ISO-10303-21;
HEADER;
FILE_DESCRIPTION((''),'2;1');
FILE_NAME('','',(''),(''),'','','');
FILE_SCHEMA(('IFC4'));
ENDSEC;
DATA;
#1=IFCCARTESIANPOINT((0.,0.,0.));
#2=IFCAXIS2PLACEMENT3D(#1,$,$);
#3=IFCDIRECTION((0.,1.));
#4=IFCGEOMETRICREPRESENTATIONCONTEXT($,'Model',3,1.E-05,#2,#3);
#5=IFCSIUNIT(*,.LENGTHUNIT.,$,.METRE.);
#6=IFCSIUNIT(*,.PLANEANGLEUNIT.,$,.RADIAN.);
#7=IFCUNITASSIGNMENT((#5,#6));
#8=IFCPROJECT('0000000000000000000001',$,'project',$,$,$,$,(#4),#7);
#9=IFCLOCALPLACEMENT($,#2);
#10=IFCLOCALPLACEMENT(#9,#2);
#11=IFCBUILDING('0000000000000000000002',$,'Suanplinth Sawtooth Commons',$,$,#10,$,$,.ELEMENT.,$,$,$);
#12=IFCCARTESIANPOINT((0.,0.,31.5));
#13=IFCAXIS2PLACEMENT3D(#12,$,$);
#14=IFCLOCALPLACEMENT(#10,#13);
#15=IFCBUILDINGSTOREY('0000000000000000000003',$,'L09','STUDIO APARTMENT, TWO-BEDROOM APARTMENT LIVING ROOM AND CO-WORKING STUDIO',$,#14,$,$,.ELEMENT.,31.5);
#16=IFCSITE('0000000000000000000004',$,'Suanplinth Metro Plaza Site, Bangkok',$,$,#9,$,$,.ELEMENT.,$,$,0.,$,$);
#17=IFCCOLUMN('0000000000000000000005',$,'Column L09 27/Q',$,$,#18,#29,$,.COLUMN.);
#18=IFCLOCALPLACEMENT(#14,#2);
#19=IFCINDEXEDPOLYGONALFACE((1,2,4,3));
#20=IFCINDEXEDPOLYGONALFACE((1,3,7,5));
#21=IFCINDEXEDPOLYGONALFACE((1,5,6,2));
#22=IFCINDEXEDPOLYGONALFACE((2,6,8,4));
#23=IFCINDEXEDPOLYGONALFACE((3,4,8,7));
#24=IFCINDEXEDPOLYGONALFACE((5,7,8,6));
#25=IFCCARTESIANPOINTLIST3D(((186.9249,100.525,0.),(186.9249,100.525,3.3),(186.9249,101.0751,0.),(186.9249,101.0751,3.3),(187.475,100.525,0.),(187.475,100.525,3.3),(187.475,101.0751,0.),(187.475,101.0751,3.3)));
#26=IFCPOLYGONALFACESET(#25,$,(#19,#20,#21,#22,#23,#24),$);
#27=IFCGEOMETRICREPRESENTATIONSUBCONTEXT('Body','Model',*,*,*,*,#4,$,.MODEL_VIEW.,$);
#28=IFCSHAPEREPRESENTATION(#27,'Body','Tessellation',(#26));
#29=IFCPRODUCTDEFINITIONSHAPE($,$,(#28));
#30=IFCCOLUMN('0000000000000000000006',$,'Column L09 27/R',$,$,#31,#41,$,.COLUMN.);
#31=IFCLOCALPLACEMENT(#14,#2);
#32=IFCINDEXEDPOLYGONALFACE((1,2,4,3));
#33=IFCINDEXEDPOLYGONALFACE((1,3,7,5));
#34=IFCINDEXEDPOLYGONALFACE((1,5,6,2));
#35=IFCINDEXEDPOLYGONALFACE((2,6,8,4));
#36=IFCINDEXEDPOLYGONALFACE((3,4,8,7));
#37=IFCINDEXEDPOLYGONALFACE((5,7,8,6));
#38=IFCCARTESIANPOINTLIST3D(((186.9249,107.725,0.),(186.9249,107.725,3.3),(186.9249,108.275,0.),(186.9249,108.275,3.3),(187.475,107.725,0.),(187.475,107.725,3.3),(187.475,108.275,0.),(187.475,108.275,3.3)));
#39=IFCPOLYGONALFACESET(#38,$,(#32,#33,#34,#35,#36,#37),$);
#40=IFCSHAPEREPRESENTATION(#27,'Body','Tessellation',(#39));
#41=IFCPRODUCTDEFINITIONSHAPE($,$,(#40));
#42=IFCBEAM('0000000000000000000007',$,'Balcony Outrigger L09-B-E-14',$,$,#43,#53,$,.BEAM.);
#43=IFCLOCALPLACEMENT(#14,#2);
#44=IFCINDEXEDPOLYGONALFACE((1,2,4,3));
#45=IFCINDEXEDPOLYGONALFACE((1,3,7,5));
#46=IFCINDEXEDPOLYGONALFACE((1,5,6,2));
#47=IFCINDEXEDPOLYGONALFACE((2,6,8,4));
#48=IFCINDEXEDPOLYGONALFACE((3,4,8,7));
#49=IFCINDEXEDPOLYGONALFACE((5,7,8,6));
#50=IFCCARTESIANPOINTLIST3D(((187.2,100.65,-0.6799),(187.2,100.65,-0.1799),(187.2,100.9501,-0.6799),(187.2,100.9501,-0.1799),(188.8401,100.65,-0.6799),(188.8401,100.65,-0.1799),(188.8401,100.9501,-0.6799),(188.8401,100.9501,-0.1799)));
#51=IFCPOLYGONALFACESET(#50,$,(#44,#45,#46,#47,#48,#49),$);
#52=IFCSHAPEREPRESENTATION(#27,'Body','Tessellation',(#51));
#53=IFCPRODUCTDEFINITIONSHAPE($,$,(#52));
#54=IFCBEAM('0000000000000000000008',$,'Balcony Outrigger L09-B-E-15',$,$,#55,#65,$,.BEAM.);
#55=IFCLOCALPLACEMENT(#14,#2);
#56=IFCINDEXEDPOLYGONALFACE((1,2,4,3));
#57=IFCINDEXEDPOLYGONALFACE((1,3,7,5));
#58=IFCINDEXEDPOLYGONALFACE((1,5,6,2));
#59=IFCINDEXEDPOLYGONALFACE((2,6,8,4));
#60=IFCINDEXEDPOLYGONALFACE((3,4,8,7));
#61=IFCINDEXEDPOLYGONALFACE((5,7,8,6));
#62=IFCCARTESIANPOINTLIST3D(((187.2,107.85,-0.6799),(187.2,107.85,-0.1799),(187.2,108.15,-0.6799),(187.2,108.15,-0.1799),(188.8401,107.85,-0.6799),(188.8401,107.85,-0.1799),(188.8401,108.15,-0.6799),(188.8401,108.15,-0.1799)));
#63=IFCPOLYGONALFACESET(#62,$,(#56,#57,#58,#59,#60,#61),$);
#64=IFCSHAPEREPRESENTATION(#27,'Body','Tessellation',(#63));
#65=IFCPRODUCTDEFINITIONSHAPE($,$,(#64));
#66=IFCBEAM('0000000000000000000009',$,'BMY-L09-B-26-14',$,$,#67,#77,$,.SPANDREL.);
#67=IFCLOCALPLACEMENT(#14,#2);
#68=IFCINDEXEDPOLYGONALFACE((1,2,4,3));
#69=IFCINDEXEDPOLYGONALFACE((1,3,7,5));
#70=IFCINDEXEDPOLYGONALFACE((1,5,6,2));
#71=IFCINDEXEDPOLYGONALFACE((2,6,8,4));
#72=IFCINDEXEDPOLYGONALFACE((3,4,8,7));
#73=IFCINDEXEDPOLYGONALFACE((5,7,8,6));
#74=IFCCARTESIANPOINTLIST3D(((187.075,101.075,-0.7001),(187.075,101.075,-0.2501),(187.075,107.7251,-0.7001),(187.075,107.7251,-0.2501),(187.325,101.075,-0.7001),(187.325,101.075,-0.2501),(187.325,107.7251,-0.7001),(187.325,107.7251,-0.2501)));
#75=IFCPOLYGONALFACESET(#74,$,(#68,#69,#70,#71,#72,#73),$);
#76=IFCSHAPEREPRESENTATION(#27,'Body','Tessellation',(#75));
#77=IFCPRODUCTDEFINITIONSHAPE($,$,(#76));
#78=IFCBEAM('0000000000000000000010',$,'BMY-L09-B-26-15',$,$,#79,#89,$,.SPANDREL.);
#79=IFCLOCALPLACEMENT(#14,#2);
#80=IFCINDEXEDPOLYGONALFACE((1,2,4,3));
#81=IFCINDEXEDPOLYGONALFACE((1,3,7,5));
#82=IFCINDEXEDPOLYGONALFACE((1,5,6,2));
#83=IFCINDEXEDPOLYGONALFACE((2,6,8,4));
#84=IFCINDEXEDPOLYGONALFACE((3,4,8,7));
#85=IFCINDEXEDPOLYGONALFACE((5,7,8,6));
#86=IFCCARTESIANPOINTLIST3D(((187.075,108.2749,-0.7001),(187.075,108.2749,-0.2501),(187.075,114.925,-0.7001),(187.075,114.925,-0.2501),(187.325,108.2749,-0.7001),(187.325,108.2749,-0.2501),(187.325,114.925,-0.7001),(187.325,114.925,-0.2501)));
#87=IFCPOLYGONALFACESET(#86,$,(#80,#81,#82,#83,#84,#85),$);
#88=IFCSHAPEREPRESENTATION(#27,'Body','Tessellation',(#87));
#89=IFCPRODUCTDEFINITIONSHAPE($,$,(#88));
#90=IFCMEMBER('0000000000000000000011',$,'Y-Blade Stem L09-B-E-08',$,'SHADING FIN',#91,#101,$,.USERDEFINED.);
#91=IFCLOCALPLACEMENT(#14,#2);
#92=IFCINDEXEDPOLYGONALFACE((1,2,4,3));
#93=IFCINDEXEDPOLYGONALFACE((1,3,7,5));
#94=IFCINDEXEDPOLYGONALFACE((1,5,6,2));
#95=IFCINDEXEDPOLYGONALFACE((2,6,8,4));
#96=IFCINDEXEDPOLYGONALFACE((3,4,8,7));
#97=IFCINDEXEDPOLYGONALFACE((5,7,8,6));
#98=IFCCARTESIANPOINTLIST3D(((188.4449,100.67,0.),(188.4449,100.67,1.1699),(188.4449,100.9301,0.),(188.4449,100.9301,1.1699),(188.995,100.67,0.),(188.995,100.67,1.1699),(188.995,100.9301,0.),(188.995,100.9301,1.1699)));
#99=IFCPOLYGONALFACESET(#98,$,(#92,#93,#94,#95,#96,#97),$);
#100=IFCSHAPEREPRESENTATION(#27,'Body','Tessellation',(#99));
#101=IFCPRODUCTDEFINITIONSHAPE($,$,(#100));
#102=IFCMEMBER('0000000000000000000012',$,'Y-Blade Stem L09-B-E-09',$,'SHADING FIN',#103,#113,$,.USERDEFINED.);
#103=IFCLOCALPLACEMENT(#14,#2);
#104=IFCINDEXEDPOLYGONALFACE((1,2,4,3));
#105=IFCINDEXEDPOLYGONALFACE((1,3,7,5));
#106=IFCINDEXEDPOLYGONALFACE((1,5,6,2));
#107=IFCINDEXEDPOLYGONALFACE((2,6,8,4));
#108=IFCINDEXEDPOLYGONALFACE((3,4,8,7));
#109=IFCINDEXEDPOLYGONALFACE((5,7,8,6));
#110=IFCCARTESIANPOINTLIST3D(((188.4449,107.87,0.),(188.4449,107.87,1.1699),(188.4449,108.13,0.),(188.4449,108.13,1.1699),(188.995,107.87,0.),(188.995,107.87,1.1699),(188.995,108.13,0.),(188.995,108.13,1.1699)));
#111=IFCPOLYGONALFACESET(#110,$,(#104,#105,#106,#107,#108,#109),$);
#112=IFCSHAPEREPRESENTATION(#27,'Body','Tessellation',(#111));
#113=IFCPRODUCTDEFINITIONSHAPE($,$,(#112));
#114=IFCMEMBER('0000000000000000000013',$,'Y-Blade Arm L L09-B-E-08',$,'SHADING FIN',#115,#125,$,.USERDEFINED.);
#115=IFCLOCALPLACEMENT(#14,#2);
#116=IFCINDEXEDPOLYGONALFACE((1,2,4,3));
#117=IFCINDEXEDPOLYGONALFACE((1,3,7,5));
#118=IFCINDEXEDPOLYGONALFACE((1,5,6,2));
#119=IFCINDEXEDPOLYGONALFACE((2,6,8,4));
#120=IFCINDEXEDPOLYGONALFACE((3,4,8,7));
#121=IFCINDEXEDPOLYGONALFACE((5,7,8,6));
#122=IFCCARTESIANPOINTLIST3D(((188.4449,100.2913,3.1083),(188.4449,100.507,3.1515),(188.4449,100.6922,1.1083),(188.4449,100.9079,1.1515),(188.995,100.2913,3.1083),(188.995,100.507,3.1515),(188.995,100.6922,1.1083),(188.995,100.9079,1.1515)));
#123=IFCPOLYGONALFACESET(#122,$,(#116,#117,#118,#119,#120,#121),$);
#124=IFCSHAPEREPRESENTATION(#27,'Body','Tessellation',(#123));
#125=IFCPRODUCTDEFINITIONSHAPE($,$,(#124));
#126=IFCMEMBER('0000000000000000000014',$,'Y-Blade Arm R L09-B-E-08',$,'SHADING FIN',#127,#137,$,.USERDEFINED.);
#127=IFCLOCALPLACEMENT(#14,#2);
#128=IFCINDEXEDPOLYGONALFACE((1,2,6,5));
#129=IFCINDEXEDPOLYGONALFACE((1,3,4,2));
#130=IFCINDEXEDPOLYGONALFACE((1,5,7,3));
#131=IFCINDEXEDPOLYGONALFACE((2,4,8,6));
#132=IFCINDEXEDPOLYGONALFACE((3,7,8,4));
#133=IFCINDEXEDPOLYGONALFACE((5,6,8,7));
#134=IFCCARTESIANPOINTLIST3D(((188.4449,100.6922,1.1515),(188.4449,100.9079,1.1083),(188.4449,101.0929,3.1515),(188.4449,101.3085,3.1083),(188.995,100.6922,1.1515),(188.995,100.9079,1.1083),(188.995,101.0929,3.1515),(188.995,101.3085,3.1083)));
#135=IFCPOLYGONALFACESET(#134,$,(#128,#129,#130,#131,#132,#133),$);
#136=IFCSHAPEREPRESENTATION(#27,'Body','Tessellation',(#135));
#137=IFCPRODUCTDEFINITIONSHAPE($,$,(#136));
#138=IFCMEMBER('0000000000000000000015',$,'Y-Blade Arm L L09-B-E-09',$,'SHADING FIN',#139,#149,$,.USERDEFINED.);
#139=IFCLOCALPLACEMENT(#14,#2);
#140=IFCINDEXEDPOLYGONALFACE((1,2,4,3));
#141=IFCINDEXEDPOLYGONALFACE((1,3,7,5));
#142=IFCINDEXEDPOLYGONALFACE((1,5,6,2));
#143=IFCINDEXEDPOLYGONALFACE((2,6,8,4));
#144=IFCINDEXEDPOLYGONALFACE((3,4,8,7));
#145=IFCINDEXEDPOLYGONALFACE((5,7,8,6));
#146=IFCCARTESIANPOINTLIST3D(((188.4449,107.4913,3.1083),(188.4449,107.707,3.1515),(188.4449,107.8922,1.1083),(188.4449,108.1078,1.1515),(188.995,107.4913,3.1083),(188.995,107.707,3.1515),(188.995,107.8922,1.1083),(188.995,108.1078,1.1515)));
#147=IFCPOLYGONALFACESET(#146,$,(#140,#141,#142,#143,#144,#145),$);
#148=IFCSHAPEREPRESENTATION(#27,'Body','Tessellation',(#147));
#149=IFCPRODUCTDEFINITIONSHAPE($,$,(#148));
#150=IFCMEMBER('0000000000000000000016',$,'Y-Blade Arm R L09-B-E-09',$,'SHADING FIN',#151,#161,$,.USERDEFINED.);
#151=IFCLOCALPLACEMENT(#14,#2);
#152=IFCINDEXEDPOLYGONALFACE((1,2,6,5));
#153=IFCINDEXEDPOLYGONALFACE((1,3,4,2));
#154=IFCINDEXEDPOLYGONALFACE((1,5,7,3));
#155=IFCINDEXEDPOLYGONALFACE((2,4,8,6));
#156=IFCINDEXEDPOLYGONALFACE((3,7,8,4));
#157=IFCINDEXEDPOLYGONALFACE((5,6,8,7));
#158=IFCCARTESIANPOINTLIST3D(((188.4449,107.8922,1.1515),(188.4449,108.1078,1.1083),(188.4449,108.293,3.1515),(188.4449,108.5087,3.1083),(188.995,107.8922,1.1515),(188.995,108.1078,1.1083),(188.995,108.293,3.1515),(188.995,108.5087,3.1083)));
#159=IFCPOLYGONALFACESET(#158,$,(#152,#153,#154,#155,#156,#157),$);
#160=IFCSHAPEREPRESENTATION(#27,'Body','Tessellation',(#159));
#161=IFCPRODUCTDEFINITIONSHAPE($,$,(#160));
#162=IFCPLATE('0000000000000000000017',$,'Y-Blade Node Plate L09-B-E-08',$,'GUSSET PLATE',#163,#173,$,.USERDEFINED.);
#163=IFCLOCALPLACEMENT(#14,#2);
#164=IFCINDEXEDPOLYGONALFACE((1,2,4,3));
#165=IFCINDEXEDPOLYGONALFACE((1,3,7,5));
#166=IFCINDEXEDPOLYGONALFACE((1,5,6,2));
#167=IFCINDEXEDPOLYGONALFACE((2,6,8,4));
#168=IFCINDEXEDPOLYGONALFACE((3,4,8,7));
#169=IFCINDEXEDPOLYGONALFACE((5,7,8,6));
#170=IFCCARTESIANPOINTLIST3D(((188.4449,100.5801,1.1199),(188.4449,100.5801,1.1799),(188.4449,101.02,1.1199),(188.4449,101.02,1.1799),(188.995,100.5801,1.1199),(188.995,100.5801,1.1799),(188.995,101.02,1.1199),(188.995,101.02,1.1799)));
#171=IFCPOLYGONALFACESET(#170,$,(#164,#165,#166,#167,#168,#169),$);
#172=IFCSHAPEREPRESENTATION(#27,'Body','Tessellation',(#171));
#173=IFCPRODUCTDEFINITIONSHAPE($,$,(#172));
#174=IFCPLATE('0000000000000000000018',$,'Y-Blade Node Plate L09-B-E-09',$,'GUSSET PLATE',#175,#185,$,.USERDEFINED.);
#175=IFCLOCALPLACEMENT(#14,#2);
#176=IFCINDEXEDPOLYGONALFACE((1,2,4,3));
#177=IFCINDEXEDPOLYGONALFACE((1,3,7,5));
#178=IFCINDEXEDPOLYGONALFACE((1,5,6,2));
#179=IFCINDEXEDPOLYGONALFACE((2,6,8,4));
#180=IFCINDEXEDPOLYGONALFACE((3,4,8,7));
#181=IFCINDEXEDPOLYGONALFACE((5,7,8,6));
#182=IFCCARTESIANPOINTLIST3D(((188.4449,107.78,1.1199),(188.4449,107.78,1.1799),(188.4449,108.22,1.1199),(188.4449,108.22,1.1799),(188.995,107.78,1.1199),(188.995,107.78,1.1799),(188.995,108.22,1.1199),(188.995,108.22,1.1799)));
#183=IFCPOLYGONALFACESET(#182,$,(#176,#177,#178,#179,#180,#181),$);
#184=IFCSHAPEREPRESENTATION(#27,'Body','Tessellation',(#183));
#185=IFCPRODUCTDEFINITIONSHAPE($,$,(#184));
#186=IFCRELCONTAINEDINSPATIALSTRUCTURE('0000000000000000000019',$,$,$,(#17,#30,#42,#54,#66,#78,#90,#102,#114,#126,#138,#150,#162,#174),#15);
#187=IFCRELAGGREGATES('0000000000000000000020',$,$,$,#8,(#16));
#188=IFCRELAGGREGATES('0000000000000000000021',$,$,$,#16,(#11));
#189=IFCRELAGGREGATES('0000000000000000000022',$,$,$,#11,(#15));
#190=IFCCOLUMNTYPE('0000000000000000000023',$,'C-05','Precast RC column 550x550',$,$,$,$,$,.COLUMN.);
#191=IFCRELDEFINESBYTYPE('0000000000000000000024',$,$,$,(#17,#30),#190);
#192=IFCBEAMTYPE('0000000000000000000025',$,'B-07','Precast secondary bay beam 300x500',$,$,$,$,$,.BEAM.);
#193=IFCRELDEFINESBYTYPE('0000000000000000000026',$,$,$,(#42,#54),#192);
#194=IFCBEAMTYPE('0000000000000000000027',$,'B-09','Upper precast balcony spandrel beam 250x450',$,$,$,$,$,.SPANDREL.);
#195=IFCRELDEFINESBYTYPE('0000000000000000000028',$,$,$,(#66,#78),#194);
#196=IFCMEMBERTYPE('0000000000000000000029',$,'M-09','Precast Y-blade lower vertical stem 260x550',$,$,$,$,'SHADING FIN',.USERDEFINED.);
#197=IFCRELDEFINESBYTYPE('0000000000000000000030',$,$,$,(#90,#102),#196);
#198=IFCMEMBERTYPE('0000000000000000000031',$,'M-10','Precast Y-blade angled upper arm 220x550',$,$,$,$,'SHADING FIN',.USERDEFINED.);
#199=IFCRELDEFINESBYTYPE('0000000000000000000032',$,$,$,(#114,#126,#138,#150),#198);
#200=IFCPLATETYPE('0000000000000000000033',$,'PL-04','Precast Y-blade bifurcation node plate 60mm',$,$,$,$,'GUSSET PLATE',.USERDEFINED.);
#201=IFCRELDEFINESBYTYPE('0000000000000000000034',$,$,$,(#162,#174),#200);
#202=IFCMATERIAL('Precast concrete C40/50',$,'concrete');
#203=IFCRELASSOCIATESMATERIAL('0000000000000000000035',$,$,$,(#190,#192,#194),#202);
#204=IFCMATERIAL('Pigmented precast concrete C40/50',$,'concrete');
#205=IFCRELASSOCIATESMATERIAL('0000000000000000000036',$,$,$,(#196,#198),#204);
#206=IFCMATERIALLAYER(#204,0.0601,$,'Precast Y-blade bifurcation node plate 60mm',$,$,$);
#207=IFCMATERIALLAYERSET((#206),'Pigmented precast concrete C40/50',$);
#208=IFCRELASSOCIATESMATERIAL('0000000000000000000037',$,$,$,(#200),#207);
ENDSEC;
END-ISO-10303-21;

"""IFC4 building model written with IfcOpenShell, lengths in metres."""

from ifc_helpers import new_model, si_unit, direction, frame, origin, origin_2d, place, context, subcontext, project, spatial, rectangle, extrude, material, layer, layer_set, material_profile, profile_set, type_object, element, save


model = new_model("IFC4")

# Units and contexts
model_context = context("Model", 3, precision=1e-05, world=origin(), true_north=direction((0.0, 1.0)))
body_context = subcontext(model_context, "Body", "Model", "MODEL_VIEW")
ifc_project = project(units=[si_unit("LENGTHUNIT", "METRE"), si_unit("PLANEANGLEUNIT", "RADIAN")], contexts=[model_context])

# Site, building, storey
site_placement = place(None, origin())
site = spatial("IfcSite", under=ifc_project, at=site_placement, Name="Suanplinth Metro Plaza Site, Bangkok", CompositionType="ELEMENT", RefElevation=0.0)
building_placement = place(site_placement, origin())
building = spatial("IfcBuilding", under=site, at=building_placement, Name="Suanplinth Sawtooth Commons", CompositionType="ELEMENT")
storey_placement = place(building_placement, frame((0.0, 0.0, 31.5)))
storey = spatial("IfcBuildingStorey", under=building, at=storey_placement, Name="L09", Description="STUDIO APARTMENT, TWO-BEDROOM APARTMENT LIVING ROOM AND CO-WORKING STUDIO", CompositionType="ELEMENT", Elevation=31.5)

# Columns
ifc_material_1 = material(Name="Precast concrete C40/50", Category="concrete")
ifc_material_profile_1 = material_profile(ifc_material_1, rectangle(XDim=0.55, YDim=0.55, at=origin_2d()), Name="PC-COL 550x550")
ifc_profile_set_1 = profile_set([ifc_material_profile_1], Name="Precast concrete C40/50")
column_type = type_object("IfcColumnType", Name="C-05", Description="Precast RC column 550x550", PredefinedType="COLUMN", material=ifc_profile_set_1)
for number, where, z_axis, x_axis, name in (
    (1, (187.2, 100.8, 0.0), (0.0, 0.0, 1.0), (1.0, 0.0, 0.0), "Column L09 27/Q"),
    (2, (187.2, 108.0, 0.0), (0.0, 0.0, 1.0), (1.0, 0.0, 0.0), "Column L09 27/R"),
):
    element("IfcColumn", number, at=place(storey_placement, frame(where, z_axis=z_axis, x_axis=x_axis)), inside=storey, type_object=column_type, Name=name, PredefinedType="COLUMN", context=body_context, shape_type="SweptSolid", body=[
        extrude(rectangle(XDim=0.55, YDim=0.55, at=origin_2d()), origin(), (0.0, 0.0, 1.0), 3.3),
    ])

# Beams
ifc_material_profile_2 = material_profile(ifc_material_1, rectangle(XDim=0.3, YDim=0.5, at=origin_2d()), Name="PC-BM 300x500")
ifc_profile_set_2 = profile_set([ifc_material_profile_2], Name="Precast concrete C40/50")
beam_type_1 = type_object("IfcBeamType", Name="B-07", Description="Precast secondary bay beam 300x500", PredefinedType="BEAM", material=ifc_profile_set_2)
for number, where, z_axis, x_axis, name in (
    (3, (187.2, 100.8, -0.4299), (1.0, 0.0, 0.0), (0.0, 1.0, 0.0), "Balcony Outrigger L09-B-E-14"),
    (4, (187.2, 108.0, -0.4299), (1.0, 0.0, 0.0), (0.0, 1.0, 0.0), "Balcony Outrigger L09-B-E-15"),
):
    element("IfcBeam", number, at=place(storey_placement, frame(where, z_axis=z_axis, x_axis=x_axis)), inside=storey, type_object=beam_type_1, Name=name, PredefinedType="BEAM", context=body_context, shape_type="SweptSolid", body=[
        extrude(rectangle(XDim=0.3, YDim=0.5, at=origin_2d()), origin(), (0.0, 0.0, 1.0), 1.6401),
    ])
ifc_material_profile_3 = material_profile(ifc_material_1, rectangle(XDim=0.25, YDim=0.45, at=origin_2d()), Name="PC-SP 250x450")
ifc_profile_set_3 = profile_set([ifc_material_profile_3], Name="Precast concrete C40/50")
beam_type_2 = type_object("IfcBeamType", Name="B-09", Description="Upper precast balcony spandrel beam 250x450", PredefinedType="SPANDREL", material=ifc_profile_set_3)
for number, where, z_axis, x_axis, name in (
    (5, (187.2, 101.075, -0.4751), (0.0, 1.0, 0.0), (-1.0, 0.0, 0.0), "BMY-L09-B-26-14"),
    (6, (187.2, 108.2749, -0.4751), (0.0, 1.0, 0.0), (-1.0, 0.0, 0.0), "BMY-L09-B-26-15"),
):
    element("IfcBeam", number, at=place(storey_placement, frame(where, z_axis=z_axis, x_axis=x_axis)), inside=storey, type_object=beam_type_2, Name=name, PredefinedType="SPANDREL", context=body_context, shape_type="SweptSolid", body=[
        extrude(rectangle(XDim=0.25, YDim=0.45, at=origin_2d()), origin(), (0.0, 0.0, 1.0), 6.6501),
    ])

# Members
ifc_material_2 = material(Name="Pigmented precast concrete C40/50", Category="concrete")
ifc_material_profile_4 = material_profile(ifc_material_2, rectangle(XDim=0.26, YDim=0.55, at=origin_2d()), Name="PC-FIN 260x550")
ifc_profile_set_4 = profile_set([ifc_material_profile_4], Name="Pigmented precast concrete C40/50")
member_type_1 = type_object("IfcMemberType", Name="M-09", Description="Precast Y-blade lower vertical stem 260x550", ElementType="SHADING FIN", PredefinedType="USERDEFINED", material=ifc_profile_set_4)
for number, where, z_axis, x_axis, name in (
    (7, (188.72, 100.8, 0.0), (0.0, 0.0, 1.0), (0.0, 1.0, 0.0), "Y-Blade Stem L09-B-E-08"),
    (8, (188.72, 108.0, 0.0), (0.0, 0.0, 1.0), (0.0, 1.0, 0.0), "Y-Blade Stem L09-B-E-09"),
):
    element("IfcMember", number, at=place(storey_placement, frame(where, z_axis=z_axis, x_axis=x_axis)), inside=storey, type_object=member_type_1, Name=name, ObjectType="SHADING FIN", PredefinedType="USERDEFINED", context=body_context, shape_type="SweptSolid", body=[
        extrude(rectangle(XDim=0.26, YDim=0.55, at=origin_2d()), origin(), (0.0, 0.0, 1.0), 1.1699),
    ])
ifc_material_profile_5 = material_profile(ifc_material_2, rectangle(XDim=0.22, YDim=0.55, at=origin_2d()), Name="PC-FIN 220x550")
ifc_profile_set_5 = profile_set([ifc_material_profile_5], Name="Pigmented precast concrete C40/50")
member_type_2 = type_object("IfcMemberType", Name="M-10", Description="Precast Y-blade angled upper arm 220x550", ElementType="SHADING FIN", PredefinedType="USERDEFINED", material=ifc_profile_set_5)
for number, where, z_axis, x_axis, name in (
    (9, (188.72, 100.8, 1.1299), (0.0, -0.19653, 0.980498), (0.0, 0.980498, 0.19653), "Y-Blade Arm L L09-B-E-08"),
    (10, (188.72, 100.8, 1.1299), (0.0, 0.196415, 0.980521), (0.0, -0.980521, 0.196415), "Y-Blade Arm R L09-B-E-08"),
    (11, (188.72, 108.0, 1.1299), (0.0, -0.19653, 0.980498), (0.0, 0.980498, 0.19653), "Y-Blade Arm L L09-B-E-09"),
    (12, (188.72, 108.0, 1.1299), (0.0, 0.19653, 0.980498), (0.0, -0.980498, 0.19653), "Y-Blade Arm R L09-B-E-09"),
):
    element("IfcMember", number, at=place(storey_placement, frame(where, z_axis=z_axis, x_axis=x_axis)), inside=storey, type_object=member_type_2, Name=name, ObjectType="SHADING FIN", PredefinedType="USERDEFINED", context=body_context, shape_type="SweptSolid", body=[
        extrude(rectangle(XDim=0.22, YDim=0.55, at=origin_2d()), origin(), (0.0, 0.0, 1.0), 2.0398),
    ])

# Plates
ifc_layer_1 = layer(ifc_material_2, 0.0601, Name="Precast Y-blade bifurcation node plate 60mm")
ifc_layer_set_1 = layer_set([ifc_layer_1], Name="Pigmented precast concrete C40/50")
plate_type = type_object("IfcPlateType", Name="PL-04", Description="Precast Y-blade bifurcation node plate 60mm", ElementType="GUSSET PLATE", PredefinedType="USERDEFINED", material=ifc_layer_set_1)
for number, where, z_axis, x_axis, name in (
    (13, (188.72, 100.8, 1.1199), (0.0, 0.0, 1.0), (0.0, 1.0, 0.0), "Y-Blade Node Plate L09-B-E-08"),
    (14, (188.72, 108.0, 1.1199), (0.0, 0.0, 1.0), (0.0, 1.0, 0.0), "Y-Blade Node Plate L09-B-E-09"),
):
    element("IfcPlate", number, at=place(storey_placement, frame(where, z_axis=z_axis, x_axis=x_axis)), inside=storey, type_object=plate_type, Name=name, ObjectType="GUSSET PLATE", PredefinedType="USERDEFINED", context=body_context, shape_type="SweptSolid", body=[
        extrude(rectangle(XDim=0.4399, YDim=0.55, at=origin_2d()), origin(), (0.0, 0.0, 1.0), 0.0601),
    ])

save(model, "model.ifc")
